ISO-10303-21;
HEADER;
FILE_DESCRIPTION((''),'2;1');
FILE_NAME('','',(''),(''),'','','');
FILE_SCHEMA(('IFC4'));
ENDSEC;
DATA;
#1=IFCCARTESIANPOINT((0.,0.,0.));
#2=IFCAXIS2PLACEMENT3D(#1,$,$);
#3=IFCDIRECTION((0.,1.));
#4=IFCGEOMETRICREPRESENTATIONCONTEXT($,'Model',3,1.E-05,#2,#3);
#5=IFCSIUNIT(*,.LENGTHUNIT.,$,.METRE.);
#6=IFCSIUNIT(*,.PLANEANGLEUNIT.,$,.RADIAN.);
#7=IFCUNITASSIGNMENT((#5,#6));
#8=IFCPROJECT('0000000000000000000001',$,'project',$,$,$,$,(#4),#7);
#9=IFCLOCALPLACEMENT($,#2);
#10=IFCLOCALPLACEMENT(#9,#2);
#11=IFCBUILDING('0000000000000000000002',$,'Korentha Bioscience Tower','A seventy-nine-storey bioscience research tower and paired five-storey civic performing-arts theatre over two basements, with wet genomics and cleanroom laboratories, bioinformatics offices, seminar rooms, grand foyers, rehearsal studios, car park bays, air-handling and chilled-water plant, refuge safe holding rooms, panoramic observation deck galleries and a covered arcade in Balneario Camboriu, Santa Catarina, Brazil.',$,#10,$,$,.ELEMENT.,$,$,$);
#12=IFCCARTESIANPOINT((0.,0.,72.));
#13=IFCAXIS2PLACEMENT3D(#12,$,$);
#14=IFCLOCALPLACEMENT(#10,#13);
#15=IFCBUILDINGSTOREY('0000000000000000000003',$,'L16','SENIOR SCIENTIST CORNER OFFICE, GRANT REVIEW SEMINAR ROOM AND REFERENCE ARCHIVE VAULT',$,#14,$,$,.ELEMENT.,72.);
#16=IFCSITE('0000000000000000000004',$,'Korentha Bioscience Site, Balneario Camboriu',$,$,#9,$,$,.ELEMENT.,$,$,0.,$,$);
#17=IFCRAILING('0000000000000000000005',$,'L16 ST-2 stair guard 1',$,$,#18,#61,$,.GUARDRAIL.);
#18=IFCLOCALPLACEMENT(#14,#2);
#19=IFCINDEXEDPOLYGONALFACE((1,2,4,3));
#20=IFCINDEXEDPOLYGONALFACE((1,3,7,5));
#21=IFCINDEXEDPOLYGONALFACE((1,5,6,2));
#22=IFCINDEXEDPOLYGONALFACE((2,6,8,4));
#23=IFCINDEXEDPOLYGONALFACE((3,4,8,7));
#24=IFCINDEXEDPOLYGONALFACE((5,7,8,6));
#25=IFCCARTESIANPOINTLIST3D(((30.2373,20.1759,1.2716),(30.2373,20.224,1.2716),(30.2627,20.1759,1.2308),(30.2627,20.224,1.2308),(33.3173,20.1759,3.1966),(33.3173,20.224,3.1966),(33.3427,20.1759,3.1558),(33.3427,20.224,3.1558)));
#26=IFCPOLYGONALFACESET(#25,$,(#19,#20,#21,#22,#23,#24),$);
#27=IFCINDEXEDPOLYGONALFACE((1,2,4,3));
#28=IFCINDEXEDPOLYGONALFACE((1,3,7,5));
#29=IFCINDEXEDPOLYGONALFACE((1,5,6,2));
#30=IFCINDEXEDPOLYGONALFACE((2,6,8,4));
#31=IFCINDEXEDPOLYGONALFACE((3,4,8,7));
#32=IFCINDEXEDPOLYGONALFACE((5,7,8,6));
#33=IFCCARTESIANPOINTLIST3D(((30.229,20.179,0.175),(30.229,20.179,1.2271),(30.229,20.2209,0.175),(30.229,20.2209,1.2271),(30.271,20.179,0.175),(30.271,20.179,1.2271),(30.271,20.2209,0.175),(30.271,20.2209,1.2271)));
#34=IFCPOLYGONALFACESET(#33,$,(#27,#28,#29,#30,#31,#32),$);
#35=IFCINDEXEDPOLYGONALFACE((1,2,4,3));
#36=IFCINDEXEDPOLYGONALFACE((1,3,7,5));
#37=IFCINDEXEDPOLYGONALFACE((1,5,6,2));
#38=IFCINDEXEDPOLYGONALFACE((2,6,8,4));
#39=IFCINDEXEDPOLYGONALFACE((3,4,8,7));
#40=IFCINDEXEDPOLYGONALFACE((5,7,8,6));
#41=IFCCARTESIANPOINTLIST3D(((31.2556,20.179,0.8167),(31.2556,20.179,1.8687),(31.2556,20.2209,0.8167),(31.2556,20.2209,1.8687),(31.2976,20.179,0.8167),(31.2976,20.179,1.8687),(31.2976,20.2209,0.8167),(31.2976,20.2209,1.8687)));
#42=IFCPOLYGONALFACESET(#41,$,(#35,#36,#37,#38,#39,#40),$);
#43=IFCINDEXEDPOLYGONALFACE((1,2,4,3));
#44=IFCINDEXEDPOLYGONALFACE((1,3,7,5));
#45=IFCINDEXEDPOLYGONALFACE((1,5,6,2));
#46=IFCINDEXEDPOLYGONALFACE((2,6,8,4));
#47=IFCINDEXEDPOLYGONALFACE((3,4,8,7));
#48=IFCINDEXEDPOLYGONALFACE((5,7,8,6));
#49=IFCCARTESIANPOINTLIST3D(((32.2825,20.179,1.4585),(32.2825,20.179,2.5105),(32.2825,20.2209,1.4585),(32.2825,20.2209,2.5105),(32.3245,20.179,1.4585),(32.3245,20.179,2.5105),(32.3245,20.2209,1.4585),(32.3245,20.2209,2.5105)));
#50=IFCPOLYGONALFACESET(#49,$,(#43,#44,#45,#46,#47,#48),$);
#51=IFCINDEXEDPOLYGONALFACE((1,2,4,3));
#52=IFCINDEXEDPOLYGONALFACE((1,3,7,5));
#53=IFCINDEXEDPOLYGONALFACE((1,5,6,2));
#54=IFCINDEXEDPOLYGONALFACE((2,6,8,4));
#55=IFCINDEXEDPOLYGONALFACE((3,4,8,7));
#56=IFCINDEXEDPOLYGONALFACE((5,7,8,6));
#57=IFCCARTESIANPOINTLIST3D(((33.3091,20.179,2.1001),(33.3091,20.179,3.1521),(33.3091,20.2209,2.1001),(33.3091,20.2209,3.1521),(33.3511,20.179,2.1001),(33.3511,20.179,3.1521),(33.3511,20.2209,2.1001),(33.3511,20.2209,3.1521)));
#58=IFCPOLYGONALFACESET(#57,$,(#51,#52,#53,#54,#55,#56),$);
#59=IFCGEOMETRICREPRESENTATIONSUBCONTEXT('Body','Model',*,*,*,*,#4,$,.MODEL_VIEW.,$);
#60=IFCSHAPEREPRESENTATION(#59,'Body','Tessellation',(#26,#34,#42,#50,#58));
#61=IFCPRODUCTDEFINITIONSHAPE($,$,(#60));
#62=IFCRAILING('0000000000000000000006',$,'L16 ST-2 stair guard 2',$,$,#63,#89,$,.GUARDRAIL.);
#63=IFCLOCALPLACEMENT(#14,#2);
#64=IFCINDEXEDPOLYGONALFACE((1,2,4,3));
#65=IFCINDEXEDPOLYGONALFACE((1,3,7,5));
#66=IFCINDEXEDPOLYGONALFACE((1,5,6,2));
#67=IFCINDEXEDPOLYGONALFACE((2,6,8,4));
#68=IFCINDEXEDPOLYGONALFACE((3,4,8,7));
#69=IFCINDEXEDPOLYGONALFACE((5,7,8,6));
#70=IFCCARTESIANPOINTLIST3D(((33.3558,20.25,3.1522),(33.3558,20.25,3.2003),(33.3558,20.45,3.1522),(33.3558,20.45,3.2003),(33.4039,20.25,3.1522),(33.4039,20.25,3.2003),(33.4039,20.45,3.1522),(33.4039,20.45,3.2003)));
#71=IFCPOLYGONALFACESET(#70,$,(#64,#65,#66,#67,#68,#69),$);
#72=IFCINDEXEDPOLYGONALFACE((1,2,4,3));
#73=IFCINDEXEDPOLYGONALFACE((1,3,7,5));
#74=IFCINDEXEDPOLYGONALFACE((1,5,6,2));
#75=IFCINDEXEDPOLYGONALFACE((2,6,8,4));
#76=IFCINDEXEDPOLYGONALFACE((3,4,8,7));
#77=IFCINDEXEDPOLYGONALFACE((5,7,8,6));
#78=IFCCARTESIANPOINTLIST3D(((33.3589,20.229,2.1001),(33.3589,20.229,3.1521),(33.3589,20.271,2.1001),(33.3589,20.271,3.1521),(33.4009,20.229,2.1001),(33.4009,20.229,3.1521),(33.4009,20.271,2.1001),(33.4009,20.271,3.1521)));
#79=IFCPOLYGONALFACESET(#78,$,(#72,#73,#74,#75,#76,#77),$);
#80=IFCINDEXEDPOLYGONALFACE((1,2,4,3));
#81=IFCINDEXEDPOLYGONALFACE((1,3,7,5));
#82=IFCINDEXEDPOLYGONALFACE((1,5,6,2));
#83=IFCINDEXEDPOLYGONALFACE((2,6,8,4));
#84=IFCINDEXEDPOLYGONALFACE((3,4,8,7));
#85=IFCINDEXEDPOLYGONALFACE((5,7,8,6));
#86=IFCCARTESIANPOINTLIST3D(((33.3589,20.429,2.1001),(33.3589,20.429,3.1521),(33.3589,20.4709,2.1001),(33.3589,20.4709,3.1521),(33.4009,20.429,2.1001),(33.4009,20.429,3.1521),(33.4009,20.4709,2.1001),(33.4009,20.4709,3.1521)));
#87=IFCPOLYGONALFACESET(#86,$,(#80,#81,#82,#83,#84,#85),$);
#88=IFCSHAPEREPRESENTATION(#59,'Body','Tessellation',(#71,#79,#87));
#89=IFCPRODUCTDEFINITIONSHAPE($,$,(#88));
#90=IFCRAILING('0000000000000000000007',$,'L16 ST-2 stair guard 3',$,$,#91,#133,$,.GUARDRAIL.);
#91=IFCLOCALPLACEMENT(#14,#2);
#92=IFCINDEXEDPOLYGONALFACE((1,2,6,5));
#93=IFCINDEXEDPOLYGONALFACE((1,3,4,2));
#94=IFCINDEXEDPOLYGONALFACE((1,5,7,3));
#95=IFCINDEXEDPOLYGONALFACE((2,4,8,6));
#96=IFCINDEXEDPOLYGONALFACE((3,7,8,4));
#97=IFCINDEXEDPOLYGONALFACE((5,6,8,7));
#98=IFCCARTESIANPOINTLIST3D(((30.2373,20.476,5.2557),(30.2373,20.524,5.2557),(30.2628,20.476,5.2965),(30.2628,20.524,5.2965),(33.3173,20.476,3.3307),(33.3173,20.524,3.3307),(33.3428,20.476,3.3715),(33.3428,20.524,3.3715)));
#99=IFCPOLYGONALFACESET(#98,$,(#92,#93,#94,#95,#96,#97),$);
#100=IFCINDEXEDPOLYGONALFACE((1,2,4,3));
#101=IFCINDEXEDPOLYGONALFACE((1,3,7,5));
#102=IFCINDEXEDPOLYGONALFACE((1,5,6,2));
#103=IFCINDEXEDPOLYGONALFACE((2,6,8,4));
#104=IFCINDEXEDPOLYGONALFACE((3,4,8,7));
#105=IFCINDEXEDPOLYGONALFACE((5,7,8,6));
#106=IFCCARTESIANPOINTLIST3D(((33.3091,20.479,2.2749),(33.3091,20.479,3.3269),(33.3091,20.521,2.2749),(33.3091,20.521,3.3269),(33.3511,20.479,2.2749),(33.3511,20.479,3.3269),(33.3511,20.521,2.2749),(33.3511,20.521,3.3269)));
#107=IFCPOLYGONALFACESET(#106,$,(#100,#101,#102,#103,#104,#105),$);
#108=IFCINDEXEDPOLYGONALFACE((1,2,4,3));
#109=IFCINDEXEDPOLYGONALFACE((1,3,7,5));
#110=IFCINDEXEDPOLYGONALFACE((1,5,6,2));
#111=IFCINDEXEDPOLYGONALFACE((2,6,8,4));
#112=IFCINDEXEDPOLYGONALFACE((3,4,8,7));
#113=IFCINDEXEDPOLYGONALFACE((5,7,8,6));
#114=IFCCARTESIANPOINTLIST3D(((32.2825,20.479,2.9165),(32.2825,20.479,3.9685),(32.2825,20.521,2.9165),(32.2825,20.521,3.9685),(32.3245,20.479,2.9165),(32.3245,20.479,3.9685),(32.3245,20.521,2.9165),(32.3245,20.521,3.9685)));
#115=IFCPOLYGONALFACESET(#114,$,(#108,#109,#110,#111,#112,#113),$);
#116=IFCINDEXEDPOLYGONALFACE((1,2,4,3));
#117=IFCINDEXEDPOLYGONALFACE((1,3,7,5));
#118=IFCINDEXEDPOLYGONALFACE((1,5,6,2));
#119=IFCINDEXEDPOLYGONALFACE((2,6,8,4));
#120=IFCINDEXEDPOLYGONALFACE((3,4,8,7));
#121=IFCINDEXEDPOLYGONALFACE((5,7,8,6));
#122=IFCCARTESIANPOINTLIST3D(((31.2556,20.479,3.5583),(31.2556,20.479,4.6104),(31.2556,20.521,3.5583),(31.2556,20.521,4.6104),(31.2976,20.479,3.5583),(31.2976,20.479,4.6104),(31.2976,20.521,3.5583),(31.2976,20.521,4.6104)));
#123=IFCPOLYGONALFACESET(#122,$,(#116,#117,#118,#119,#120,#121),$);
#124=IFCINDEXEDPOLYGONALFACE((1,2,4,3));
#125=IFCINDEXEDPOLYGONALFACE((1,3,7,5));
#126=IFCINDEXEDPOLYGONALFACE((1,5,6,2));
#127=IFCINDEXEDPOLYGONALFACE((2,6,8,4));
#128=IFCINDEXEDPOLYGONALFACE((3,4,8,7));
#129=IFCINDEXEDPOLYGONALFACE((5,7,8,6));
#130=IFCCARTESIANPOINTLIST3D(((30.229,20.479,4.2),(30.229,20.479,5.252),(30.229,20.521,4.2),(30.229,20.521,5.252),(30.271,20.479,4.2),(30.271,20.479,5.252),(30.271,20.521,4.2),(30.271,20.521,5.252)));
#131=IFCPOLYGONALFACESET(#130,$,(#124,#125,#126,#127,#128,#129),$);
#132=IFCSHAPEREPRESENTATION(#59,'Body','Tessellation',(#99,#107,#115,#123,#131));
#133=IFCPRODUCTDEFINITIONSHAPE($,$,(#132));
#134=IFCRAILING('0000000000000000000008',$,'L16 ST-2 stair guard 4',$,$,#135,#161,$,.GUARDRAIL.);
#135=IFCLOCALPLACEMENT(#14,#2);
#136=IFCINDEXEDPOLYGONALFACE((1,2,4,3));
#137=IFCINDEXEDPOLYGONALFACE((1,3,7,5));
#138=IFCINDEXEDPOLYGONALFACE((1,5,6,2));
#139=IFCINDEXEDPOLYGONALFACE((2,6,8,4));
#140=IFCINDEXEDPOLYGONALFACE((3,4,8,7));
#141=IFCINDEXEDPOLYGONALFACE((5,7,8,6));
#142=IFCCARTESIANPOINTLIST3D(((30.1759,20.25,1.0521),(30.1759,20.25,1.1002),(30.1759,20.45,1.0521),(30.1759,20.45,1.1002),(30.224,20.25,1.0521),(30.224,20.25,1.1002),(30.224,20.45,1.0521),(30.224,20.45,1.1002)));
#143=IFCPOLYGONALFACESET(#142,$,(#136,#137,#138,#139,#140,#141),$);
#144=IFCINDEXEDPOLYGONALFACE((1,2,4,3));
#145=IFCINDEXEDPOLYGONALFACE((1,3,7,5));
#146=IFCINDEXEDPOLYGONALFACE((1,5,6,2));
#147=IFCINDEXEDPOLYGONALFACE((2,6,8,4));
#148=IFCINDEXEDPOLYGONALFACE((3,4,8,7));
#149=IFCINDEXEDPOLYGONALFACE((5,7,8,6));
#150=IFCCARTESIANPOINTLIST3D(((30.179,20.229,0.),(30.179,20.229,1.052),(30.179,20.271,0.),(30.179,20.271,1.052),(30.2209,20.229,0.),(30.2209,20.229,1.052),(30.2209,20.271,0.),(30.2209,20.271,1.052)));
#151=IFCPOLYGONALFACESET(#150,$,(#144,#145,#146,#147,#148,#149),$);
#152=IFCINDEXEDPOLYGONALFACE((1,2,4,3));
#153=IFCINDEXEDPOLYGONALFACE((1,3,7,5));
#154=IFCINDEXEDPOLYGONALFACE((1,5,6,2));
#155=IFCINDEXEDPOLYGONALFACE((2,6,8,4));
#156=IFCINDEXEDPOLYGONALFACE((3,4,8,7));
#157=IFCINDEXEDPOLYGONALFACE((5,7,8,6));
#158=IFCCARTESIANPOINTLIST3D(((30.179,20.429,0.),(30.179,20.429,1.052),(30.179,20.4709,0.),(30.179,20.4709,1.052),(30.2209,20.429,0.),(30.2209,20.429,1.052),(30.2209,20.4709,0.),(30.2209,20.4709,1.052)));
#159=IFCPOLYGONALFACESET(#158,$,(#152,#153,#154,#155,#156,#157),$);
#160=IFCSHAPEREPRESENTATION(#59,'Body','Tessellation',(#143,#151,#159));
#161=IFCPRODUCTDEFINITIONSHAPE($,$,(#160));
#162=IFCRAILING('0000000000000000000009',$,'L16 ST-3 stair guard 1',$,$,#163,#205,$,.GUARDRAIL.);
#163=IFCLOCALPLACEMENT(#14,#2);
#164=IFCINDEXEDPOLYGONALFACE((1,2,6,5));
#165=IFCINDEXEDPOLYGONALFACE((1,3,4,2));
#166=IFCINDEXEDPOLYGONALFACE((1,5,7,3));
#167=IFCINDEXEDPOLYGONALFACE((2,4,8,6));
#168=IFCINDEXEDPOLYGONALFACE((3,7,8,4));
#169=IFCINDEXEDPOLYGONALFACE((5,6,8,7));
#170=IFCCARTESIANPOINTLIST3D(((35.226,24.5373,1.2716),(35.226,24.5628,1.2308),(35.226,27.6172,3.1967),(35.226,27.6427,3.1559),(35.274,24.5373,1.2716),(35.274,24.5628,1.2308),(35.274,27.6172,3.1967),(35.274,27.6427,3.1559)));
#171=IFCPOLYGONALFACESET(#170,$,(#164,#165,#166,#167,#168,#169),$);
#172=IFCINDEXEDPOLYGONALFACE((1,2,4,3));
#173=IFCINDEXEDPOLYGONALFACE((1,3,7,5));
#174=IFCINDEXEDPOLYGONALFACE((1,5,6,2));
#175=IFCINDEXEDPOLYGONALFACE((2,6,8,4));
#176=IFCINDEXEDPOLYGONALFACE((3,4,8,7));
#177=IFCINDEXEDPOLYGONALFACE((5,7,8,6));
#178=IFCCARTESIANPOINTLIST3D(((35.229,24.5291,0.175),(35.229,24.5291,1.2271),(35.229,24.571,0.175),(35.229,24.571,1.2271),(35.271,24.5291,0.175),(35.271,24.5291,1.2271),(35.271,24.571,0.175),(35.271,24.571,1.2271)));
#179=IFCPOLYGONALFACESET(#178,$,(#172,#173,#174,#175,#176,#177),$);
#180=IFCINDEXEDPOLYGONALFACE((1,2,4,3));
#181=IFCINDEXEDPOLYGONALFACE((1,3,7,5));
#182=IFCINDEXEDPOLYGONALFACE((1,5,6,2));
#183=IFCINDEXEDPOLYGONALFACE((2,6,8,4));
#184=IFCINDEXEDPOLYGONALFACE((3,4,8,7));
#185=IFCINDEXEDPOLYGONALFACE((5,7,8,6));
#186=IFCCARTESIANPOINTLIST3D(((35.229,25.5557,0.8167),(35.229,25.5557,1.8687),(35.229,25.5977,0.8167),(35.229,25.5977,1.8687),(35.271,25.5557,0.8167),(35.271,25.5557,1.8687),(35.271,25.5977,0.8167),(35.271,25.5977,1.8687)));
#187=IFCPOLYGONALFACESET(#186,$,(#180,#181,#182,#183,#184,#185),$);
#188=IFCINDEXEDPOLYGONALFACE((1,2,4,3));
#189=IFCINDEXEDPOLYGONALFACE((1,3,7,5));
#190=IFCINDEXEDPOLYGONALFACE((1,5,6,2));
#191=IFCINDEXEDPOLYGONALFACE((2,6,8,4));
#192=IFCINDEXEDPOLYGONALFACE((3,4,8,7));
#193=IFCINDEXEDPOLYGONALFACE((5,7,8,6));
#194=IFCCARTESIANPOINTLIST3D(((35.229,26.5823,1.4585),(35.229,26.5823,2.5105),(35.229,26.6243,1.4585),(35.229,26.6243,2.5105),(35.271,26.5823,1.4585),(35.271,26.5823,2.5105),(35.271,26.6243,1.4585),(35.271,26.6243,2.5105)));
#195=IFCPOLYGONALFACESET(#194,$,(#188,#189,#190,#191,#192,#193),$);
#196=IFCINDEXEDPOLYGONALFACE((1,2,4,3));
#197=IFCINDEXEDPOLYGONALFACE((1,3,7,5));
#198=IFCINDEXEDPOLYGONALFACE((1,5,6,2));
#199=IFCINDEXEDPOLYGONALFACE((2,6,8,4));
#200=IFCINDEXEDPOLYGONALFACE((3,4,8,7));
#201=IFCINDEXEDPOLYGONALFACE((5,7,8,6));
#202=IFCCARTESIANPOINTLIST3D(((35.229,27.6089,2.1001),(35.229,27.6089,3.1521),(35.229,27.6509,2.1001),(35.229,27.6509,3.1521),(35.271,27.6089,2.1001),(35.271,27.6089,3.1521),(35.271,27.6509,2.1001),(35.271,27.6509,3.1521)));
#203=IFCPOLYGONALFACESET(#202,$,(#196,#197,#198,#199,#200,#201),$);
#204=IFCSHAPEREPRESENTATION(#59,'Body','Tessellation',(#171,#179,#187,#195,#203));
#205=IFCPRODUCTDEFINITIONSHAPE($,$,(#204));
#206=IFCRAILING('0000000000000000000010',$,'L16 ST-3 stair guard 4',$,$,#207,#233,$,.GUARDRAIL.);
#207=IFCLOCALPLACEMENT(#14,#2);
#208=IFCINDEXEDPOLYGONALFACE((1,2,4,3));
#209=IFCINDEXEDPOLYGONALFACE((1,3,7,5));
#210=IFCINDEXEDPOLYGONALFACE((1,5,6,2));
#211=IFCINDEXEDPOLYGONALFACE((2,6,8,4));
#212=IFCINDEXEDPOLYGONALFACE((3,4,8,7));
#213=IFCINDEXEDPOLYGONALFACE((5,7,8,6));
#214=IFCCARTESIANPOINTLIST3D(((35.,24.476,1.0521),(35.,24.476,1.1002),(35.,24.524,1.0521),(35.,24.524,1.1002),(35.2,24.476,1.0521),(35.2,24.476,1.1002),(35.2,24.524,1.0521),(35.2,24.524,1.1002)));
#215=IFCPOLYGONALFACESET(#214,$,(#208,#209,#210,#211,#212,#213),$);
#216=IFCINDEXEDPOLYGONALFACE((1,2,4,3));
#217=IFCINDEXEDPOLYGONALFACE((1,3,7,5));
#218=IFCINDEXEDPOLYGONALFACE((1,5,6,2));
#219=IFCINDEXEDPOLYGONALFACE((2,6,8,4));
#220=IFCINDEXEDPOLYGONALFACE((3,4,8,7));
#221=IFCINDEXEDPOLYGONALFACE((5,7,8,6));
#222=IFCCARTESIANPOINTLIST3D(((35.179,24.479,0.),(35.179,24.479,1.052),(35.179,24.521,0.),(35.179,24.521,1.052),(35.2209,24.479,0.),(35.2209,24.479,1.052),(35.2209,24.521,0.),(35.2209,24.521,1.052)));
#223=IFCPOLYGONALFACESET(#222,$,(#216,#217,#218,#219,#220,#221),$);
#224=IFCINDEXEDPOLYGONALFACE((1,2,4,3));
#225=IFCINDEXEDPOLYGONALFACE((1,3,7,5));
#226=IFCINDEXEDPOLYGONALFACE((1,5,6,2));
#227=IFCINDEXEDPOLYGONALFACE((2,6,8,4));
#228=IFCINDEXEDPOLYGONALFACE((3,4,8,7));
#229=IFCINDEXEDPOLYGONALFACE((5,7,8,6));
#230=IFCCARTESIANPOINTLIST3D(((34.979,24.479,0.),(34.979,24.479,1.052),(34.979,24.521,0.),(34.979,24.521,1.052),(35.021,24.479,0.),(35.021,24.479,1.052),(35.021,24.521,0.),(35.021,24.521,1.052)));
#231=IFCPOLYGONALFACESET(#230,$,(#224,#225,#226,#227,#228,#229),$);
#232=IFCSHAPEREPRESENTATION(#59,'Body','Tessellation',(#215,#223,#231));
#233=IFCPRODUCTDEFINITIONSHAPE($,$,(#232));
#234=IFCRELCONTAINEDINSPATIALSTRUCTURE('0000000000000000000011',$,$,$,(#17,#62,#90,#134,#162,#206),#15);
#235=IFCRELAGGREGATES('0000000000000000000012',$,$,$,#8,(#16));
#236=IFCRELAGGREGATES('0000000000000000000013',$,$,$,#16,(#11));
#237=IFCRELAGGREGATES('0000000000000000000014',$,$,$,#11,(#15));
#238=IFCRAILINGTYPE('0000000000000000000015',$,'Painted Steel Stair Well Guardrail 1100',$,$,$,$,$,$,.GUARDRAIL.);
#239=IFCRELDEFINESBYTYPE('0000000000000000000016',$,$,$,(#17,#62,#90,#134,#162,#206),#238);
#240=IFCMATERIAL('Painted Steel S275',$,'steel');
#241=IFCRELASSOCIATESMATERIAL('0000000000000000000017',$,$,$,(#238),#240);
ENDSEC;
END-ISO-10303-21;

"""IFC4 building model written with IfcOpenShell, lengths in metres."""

from ifc_helpers import new_model, si_unit, direction, frame, origin, origin_2d, place, context, subcontext, project, spatial, rectangle, extrude, material, type_object, element, save


model = new_model("IFC4")

# Units and contexts
model_context = context("Model", 3, precision=1e-05, world=origin(), true_north=direction((0.0, 1.0)))
body_context = subcontext(model_context, "Body", "Model", "MODEL_VIEW")
ifc_project = project(units=[si_unit("LENGTHUNIT", "METRE"), si_unit("PLANEANGLEUNIT", "RADIAN")], contexts=[model_context])

# Site, building, storey
site_placement = place(None, origin())
site = spatial("IfcSite", under=ifc_project, at=site_placement, Name="Korentha Bioscience Site, Balneario Camboriu", CompositionType="ELEMENT", RefElevation=0.0)
building_placement = place(site_placement, origin())
building = spatial("IfcBuilding", under=site, at=building_placement, Name="Korentha Bioscience Tower", Description="A seventy-nine-storey bioscience research tower and paired five-storey civic performing-arts theatre over two basements, with wet genomics and cleanroom laboratories, bioinformatics offices, seminar rooms, grand foyers, rehearsal studios, car park bays, air-handling and chilled-water plant, refuge safe holding rooms, panoramic observation deck galleries and a covered arcade in Balneario Camboriu, Santa Catarina, Brazil.", CompositionType="ELEMENT")
storey_placement = place(building_placement, frame((0.0, 0.0, 72.0)))
storey = spatial("IfcBuildingStorey", under=building, at=storey_placement, Name="L16", Description="SENIOR SCIENTIST CORNER OFFICE, GRANT REVIEW SEMINAR ROOM AND REFERENCE ARCHIVE VAULT", CompositionType="ELEMENT", Elevation=72.0)

# Railings
ifc_material_1 = material(Name="Painted Steel S275", Category="steel")
railing_type_1 = type_object("IfcRailingType", Name="Painted Steel Stair Well Guardrail 1100", PredefinedType="GUARDRAIL", material=ifc_material_1)
railing_1_placement = place(storey_placement, frame((30.25, 20.2, 0.175)))
element("IfcRailing", 1, at=railing_1_placement, inside=storey, type_object=railing_type_1, Name="L16 ST-2 stair guard 1", PredefinedType="GUARDRAIL", context=body_context, shape_type="SweptSolid", body=[
    extrude(rectangle(XDim=0.0481, YDim=0.0481, at=origin_2d()), frame((0.0, 0.0, 1.0762), z_axis=(0.847998, 0.0, 0.529999), x_axis=(0.0, 1.0, 0.0)), (0.0, 0.0, 1.0), 3.6321),
    extrude(rectangle(XDim=0.042, YDim=0.042, at=origin_2d()), origin(), (0.0, 0.0, 1.0), 1.052),
    extrude(rectangle(XDim=0.042, YDim=0.042, at=origin_2d()), frame((1.0266, 0.0, 0.6416)), (0.0, 0.0, 1.0), 1.052),
    extrude(rectangle(XDim=0.042, YDim=0.042, at=origin_2d()), frame((2.0535, 0.0, 1.2834)), (0.0, 0.0, 1.0), 1.052),
    extrude(rectangle(XDim=0.042, YDim=0.042, at=origin_2d()), frame((3.0801, 0.0, 1.925)), (0.0, 0.0, 1.0), 1.052),
])
railing_2_placement = place(storey_placement, frame((33.3799, 20.25, 2.1001)))
element("IfcRailing", 2, at=railing_2_placement, inside=storey, type_object=railing_type_1, Name="L16 ST-2 stair guard 2", PredefinedType="GUARDRAIL", context=body_context, shape_type="SweptSolid", body=[
    extrude(rectangle(XDim=0.0481, YDim=0.0481, at=origin_2d()), frame((0.0, 0.0, 1.0762), z_axis=(0.0, 1.0, 0.0), x_axis=(-1.0, 0.0, 0.0)), (0.0, 0.0, 1.0), 0.2),
    extrude(rectangle(XDim=0.042, YDim=0.042, at=origin_2d()), origin(), (0.0, 0.0, 1.0), 1.052),
    extrude(rectangle(XDim=0.042, YDim=0.042, at=origin_2d()), frame((0.0, 0.2, 0.0)), (0.0, 0.0, 1.0), 1.052),
])
railing_3_placement = place(storey_placement, frame((33.3301, 20.5, 2.2749)))
element("IfcRailing", 3, at=railing_3_placement, inside=storey, type_object=railing_type_1, Name="L16 ST-2 stair guard 3", PredefinedType="GUARDRAIL", context=body_context, shape_type="SweptSolid", body=[
    extrude(rectangle(XDim=0.0481, YDim=0.0481, at=origin_2d()), frame((0.0, 0.0, 1.0762), z_axis=(-0.847998, 0.0, 0.529999), x_axis=(0.0, -1.0, 0.0)), (0.0, 0.0, 1.0), 3.6321),
    extrude(rectangle(XDim=0.042, YDim=0.042, at=origin_2d()), origin(), (0.0, 0.0, 1.0), 1.052),
    extrude(rectangle(XDim=0.042, YDim=0.042, at=origin_2d()), frame((-1.0266, 0.0, 0.6416)), (0.0, 0.0, 1.0), 1.052),
    extrude(rectangle(XDim=0.042, YDim=0.042, at=origin_2d()), frame((-2.0535, 0.0, 1.2834)), (0.0, 0.0, 1.0), 1.052),
    extrude(rectangle(XDim=0.042, YDim=0.042, at=origin_2d()), frame((-3.0801, 0.0, 1.925)), (0.0, 0.0, 1.0), 1.052),
])
railing_4_placement = place(storey_placement, frame((30.2, 20.25, 0.0)))
element("IfcRailing", 4, at=railing_4_placement, inside=storey, type_object=railing_type_1, Name="L16 ST-2 stair guard 4", PredefinedType="GUARDRAIL", context=body_context, shape_type="SweptSolid", body=[
    extrude(rectangle(XDim=0.0481, YDim=0.0481, at=origin_2d()), frame((0.0, 0.0, 1.0762), z_axis=(0.0, 1.0, 0.0), x_axis=(-1.0, 0.0, 0.0)), (0.0, 0.0, 1.0), 0.2),
    extrude(rectangle(XDim=0.042, YDim=0.042, at=origin_2d()), origin(), (0.0, 0.0, 1.0), 1.052),
    extrude(rectangle(XDim=0.042, YDim=0.042, at=origin_2d()), frame((0.0, 0.2, 0.0)), (0.0, 0.0, 1.0), 1.052),
])
railing_5_placement = place(storey_placement, frame((35.25, 24.55, 0.175)))
element("IfcRailing", 5, at=railing_5_placement, inside=storey, type_object=railing_type_1, Name="L16 ST-3 stair guard 1", PredefinedType="GUARDRAIL", context=body_context, shape_type="SweptSolid", body=[
    extrude(rectangle(XDim=0.0481, YDim=0.0481, at=origin_2d()), frame((0.0, 0.0, 1.0762), z_axis=(0.0, 0.847979, 0.530029), x_axis=(-1.0, 0.0, 0.0)), (0.0, 0.0, 1.0), 3.6321),
    extrude(rectangle(XDim=0.042, YDim=0.042, at=origin_2d()), origin(), (0.0, 0.0, 1.0), 1.052),
    extrude(rectangle(XDim=0.042, YDim=0.042, at=origin_2d()), frame((0.0, 1.0266, 0.6416)), (0.0, 0.0, 1.0), 1.052),
    extrude(rectangle(XDim=0.042, YDim=0.042, at=origin_2d()), frame((0.0, 2.0532, 1.2834)), (0.0, 0.0, 1.0), 1.052),
    extrude(rectangle(XDim=0.042, YDim=0.042, at=origin_2d()), frame((0.0, 3.0798, 1.925)), (0.0, 0.0, 1.0), 1.052),
])
railing_6_placement = place(storey_placement, frame((35.2, 24.5, 0.0)))
element("IfcRailing", 6, at=railing_6_placement, inside=storey, type_object=railing_type_1, Name="L16 ST-3 stair guard 4", PredefinedType="GUARDRAIL", context=body_context, shape_type="SweptSolid", body=[
    extrude(rectangle(XDim=0.0481, YDim=0.0481, at=origin_2d()), frame((0.0, 0.0, 1.0762), z_axis=(-1.0, 0.0, 0.0), x_axis=(0.0, -1.0, 0.0)), (0.0, 0.0, 1.0), 0.2),
    extrude(rectangle(XDim=0.042, YDim=0.042, at=origin_2d()), origin(), (0.0, 0.0, 1.0), 1.052),
    extrude(rectangle(XDim=0.042, YDim=0.042, at=origin_2d()), frame((-0.2, 0.0, 0.0)), (0.0, 0.0, 1.0), 1.052),
])

save(model, "model.ifc")
